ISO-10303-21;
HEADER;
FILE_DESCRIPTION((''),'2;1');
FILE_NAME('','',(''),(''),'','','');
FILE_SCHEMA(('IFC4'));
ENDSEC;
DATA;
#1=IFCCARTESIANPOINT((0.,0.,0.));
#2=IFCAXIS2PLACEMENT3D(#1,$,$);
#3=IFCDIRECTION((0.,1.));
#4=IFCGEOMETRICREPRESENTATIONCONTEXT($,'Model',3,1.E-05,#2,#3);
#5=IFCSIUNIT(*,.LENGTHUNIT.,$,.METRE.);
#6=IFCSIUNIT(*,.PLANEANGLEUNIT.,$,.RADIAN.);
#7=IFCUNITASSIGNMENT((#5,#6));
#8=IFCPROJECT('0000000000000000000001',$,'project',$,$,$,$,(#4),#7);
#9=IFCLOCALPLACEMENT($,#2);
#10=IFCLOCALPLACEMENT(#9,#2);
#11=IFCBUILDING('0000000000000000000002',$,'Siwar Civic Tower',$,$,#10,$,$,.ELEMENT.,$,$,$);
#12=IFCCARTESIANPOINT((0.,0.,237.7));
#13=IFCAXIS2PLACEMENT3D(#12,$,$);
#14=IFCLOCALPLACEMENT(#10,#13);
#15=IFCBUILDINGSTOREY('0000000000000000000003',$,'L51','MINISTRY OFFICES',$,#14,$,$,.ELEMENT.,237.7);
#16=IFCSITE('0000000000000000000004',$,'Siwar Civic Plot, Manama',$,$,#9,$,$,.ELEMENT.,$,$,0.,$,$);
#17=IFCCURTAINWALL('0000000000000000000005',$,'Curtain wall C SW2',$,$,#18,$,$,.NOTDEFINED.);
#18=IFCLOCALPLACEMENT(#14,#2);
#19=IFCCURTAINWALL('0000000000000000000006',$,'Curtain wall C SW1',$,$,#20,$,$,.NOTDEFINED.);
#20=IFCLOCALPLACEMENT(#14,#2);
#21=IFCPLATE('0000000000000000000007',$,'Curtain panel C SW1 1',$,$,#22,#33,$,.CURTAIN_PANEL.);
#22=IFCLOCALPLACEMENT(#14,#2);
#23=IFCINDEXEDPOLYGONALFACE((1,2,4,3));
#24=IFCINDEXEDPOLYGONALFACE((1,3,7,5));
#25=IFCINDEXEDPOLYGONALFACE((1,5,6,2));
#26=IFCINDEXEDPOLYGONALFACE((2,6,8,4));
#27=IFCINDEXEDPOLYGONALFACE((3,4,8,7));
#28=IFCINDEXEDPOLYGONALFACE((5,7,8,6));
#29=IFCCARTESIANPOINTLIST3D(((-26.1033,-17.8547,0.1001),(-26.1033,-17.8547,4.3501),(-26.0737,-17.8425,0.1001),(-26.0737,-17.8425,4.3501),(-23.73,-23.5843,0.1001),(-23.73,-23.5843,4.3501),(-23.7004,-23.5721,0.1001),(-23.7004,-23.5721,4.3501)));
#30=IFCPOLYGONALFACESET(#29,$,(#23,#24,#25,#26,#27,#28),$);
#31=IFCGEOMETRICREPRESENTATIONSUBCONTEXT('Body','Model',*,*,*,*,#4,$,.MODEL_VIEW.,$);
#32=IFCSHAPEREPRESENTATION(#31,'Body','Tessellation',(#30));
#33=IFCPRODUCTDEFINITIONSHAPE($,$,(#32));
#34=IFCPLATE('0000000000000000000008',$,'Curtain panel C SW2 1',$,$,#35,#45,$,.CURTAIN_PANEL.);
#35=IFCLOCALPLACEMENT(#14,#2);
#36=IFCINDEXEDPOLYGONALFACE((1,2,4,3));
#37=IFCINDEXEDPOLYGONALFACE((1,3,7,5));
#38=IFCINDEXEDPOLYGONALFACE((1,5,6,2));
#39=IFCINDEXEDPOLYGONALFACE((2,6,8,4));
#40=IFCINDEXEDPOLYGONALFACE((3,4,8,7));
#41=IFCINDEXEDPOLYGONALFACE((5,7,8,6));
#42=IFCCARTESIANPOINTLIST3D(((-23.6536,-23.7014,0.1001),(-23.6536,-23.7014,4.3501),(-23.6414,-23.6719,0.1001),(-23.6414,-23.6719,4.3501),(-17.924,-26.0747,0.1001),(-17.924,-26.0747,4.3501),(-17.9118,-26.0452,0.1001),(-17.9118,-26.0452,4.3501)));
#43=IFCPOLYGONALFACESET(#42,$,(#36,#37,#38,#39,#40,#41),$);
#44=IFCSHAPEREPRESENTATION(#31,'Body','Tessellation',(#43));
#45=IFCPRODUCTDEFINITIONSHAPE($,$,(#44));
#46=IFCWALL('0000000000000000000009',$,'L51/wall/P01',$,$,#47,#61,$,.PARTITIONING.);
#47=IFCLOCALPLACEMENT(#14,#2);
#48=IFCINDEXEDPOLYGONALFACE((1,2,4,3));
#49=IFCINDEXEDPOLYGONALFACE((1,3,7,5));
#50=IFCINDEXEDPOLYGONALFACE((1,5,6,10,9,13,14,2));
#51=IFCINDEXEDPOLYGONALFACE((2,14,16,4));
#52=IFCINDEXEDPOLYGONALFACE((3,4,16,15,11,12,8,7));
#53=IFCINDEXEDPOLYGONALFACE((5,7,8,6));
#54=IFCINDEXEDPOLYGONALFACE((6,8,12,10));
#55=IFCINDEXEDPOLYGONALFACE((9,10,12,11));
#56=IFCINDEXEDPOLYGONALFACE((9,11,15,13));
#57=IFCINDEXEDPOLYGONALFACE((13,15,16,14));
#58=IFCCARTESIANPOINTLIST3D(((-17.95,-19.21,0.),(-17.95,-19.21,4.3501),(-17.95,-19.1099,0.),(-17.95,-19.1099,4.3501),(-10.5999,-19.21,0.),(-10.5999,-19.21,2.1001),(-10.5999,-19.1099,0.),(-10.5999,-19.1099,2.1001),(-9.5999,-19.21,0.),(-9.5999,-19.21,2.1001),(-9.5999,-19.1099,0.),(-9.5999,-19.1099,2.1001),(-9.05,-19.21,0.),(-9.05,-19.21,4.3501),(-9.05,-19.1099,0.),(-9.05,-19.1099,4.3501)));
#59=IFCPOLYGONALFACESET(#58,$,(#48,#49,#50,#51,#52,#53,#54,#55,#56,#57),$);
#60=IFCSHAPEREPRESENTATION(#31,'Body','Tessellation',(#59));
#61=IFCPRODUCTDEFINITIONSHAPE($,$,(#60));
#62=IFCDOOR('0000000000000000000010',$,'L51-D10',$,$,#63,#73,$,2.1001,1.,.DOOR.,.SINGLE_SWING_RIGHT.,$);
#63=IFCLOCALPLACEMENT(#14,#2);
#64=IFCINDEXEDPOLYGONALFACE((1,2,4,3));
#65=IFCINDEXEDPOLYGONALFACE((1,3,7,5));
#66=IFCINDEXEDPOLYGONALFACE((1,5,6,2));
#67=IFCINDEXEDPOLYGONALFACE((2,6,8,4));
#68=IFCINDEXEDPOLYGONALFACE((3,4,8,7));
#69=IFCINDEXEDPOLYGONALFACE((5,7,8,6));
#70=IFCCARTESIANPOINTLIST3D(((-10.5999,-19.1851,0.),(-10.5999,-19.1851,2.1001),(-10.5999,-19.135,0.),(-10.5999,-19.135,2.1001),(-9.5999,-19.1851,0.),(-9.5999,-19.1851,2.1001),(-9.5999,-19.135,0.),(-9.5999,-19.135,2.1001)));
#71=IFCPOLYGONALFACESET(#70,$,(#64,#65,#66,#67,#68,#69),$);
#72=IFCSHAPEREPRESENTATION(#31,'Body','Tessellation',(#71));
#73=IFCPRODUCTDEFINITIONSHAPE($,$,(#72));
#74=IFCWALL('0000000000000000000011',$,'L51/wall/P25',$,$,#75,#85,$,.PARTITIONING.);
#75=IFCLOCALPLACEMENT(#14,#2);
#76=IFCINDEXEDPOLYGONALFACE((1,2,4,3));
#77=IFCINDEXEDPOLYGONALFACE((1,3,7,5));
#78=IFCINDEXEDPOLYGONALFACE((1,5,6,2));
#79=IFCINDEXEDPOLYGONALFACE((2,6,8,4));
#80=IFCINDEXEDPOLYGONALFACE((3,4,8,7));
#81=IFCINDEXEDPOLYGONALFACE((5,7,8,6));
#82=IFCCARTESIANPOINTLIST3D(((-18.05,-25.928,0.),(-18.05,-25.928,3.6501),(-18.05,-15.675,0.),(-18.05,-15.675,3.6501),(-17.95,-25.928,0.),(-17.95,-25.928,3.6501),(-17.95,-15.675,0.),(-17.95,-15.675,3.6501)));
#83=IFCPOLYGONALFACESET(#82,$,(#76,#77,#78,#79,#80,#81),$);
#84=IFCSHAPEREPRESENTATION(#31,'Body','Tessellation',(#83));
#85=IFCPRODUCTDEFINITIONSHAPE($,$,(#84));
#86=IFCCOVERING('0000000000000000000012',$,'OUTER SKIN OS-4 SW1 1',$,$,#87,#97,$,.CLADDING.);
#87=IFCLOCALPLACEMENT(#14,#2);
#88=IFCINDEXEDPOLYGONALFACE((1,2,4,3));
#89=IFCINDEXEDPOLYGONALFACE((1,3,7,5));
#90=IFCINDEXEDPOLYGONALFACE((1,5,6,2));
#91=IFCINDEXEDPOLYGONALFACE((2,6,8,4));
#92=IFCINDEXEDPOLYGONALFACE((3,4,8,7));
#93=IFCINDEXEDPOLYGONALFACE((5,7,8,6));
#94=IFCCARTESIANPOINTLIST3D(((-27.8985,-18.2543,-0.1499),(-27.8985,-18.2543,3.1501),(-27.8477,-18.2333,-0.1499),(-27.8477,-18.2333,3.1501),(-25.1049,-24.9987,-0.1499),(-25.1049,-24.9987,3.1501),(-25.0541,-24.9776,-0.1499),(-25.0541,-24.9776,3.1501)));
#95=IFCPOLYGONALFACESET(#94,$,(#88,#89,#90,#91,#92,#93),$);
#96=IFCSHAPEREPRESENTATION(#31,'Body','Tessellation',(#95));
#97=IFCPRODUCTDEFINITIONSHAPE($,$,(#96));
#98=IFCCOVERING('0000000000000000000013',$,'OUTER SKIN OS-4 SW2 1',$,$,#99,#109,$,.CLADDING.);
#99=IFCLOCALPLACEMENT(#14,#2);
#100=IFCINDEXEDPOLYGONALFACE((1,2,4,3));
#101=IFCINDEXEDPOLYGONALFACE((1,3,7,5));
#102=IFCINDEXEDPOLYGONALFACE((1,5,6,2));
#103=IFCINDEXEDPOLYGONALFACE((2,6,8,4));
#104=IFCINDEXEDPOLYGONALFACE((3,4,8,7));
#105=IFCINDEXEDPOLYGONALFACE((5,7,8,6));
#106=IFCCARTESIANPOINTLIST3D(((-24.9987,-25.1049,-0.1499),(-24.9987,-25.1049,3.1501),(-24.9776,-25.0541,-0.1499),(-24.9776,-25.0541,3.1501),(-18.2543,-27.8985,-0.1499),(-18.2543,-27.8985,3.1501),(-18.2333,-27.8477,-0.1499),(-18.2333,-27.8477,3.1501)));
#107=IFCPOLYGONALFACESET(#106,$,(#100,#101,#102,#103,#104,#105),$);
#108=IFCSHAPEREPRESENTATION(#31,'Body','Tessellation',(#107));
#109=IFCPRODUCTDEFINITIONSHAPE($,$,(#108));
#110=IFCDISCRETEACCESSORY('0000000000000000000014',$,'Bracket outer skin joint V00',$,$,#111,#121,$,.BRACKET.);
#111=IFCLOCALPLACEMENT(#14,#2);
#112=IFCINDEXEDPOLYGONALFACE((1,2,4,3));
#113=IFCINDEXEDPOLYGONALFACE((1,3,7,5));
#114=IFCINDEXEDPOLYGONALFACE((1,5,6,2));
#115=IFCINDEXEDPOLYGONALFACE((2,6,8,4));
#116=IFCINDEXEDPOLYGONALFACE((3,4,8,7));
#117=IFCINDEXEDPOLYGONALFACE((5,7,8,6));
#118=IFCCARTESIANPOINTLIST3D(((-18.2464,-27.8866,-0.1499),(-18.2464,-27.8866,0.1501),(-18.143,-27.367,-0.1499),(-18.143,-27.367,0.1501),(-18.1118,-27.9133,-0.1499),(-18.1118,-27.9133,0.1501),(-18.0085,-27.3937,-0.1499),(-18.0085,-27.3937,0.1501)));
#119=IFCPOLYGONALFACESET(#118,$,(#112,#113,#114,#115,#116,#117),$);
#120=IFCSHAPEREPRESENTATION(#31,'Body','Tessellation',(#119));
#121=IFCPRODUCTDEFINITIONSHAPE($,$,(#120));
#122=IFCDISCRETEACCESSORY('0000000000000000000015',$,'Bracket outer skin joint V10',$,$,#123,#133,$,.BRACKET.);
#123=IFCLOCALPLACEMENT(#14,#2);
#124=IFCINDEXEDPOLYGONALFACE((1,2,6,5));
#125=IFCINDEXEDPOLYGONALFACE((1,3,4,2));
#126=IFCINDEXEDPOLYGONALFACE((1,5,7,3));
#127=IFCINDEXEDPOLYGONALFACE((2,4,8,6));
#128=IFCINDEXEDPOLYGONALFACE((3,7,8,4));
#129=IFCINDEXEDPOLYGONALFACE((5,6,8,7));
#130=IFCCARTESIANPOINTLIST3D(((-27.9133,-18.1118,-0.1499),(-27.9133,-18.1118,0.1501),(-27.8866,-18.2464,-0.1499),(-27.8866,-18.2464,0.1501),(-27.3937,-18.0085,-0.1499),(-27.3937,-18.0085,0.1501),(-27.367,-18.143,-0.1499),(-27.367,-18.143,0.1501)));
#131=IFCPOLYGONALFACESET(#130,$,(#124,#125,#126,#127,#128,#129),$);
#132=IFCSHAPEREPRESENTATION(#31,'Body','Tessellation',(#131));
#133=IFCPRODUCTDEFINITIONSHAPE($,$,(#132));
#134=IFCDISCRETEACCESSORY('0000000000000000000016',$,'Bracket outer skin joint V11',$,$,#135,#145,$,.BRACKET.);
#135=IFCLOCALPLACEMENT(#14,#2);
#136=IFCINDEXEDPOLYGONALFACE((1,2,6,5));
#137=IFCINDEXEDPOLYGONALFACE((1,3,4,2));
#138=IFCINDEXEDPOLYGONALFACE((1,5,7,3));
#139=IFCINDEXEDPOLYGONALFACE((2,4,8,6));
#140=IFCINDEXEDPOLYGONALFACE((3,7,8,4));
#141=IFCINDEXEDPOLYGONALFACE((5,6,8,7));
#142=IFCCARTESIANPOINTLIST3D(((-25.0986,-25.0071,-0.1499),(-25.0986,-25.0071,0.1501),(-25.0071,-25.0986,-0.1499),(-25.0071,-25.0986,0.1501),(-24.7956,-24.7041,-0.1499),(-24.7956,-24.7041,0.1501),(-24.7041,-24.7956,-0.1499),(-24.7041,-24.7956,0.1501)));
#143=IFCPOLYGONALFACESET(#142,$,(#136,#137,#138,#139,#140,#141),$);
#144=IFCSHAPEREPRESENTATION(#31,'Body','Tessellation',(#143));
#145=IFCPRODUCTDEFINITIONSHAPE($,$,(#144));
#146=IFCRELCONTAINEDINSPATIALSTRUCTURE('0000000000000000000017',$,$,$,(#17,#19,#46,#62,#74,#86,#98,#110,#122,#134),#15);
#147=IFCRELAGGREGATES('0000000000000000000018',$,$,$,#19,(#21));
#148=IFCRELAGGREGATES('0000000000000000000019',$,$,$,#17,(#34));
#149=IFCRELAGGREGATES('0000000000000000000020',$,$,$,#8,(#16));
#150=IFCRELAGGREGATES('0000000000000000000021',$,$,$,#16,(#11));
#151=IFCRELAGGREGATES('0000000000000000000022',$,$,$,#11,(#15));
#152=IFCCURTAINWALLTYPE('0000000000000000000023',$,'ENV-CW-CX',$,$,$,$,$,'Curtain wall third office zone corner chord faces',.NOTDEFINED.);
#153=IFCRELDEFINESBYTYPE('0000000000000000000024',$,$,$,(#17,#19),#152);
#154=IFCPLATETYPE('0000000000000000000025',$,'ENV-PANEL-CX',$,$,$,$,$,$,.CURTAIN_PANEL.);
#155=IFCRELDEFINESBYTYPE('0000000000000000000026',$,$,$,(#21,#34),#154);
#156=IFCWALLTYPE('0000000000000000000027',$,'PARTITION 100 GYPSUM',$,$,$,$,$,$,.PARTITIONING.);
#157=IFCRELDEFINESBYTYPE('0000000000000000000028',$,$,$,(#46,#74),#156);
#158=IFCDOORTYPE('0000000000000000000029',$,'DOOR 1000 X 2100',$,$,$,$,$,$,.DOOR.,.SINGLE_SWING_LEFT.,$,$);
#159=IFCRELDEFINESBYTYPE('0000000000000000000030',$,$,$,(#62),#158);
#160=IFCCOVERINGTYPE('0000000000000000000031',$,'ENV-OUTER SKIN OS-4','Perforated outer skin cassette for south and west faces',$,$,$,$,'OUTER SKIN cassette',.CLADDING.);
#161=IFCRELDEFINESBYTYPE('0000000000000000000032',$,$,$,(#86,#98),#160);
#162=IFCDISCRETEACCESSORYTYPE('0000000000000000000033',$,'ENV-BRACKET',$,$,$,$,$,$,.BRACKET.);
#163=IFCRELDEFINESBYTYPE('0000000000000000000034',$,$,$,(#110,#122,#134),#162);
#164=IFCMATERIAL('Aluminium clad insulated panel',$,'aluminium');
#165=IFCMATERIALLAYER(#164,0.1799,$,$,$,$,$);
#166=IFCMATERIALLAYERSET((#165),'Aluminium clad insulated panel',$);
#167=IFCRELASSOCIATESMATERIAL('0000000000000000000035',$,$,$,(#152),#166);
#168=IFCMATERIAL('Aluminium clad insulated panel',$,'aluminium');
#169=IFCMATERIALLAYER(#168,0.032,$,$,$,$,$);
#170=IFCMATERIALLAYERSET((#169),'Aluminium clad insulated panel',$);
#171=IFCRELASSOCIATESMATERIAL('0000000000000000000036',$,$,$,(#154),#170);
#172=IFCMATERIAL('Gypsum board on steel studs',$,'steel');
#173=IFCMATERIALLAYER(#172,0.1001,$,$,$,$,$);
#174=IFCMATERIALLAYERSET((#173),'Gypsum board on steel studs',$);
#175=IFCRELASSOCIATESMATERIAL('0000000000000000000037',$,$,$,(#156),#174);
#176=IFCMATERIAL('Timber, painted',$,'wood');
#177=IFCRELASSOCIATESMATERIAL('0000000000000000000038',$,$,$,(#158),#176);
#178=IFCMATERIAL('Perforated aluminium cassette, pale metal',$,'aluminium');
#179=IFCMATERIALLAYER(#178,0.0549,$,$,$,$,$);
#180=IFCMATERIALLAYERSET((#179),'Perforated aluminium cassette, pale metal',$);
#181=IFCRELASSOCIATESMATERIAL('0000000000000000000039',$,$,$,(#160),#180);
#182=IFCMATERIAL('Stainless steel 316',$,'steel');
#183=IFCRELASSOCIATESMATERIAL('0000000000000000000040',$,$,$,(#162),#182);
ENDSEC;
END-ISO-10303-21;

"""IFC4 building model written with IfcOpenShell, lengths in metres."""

from ifc_helpers import new_model, si_unit, direction, frame, frame_2d, origin, origin_2d, place, context, subcontext, project, spatial, rectangle, extrude, material, layer, layer_set, type_object, element, fill, aggregate, save


model = new_model("IFC4")

# Units and contexts
model_context = context("Model", 3, precision=1e-05, world=origin(), true_north=direction((0.0, 1.0)))
body_context = subcontext(model_context, "Body", "Model", "MODEL_VIEW")
ifc_project = project(units=[si_unit("LENGTHUNIT", "METRE"), si_unit("PLANEANGLEUNIT", "RADIAN")], contexts=[model_context])

# Site, building, storey
site_placement = place(None, origin())
site = spatial("IfcSite", under=ifc_project, at=site_placement, Name="Siwar Civic Plot, Manama", CompositionType="ELEMENT", RefElevation=0.0)
building_placement = place(site_placement, origin())
building = spatial("IfcBuilding", under=site, at=building_placement, Name="Siwar Civic Tower", CompositionType="ELEMENT")
storey_placement = place(building_placement, frame((0.0, 0.0, 237.7)))
storey = spatial("IfcBuildingStorey", under=building, at=storey_placement, Name="L51", Description="MINISTRY OFFICES", CompositionType="ELEMENT", Elevation=237.7)

# Curtain wall
ifc_material_1 = material(Name="Aluminium clad insulated panel", Category="aluminium")
ifc_layer_1 = layer(ifc_material_1, 0.1799)
ifc_layer_set_1 = layer_set([ifc_layer_1], Name="Aluminium clad insulated panel")
curtain_wall_type = type_object("IfcCurtainWallType", Name="ENV-CW-CX", ElementType="Curtain wall third office zone corner chord faces", PredefinedType="NOTDEFINED", material=ifc_layer_set_1)
curtain_wall_1_placement = place(storey_placement, origin())
curtain_wall_1 = element("IfcCurtainWall", 1, at=curtain_wall_1_placement, inside=storey, type_object=curtain_wall_type, Name="Curtain wall C SW2", PredefinedType="NOTDEFINED")

# Curtain wall, plate
curtain_wall_2_placement = place(storey_placement, origin())
curtain_wall_2 = element("IfcCurtainWall", 2, at=curtain_wall_2_placement, inside=storey, type_object=curtain_wall_type, Name="Curtain wall C SW1", PredefinedType="NOTDEFINED")
ifc_material_2 = material(Name="Aluminium clad insulated panel", Category="aluminium")
ifc_layer_2 = layer(ifc_material_2, 0.032)
ifc_layer_set_2 = layer_set([ifc_layer_2], Name="Aluminium clad insulated panel")
plate_type = type_object("IfcPlateType", Name="ENV-PANEL-CX", PredefinedType="CURTAIN_PANEL", material=ifc_layer_set_2)
plate_1_placement = place(storey_placement, frame((-24.9019, -20.7134, 0.1001), z_axis=(0.0, 0.0, 1.0), x_axis=(0.382683, -0.92388, 0.0)))
plate_1 = element("IfcPlate", 3, at=plate_1_placement, type_object=plate_type, Name="Curtain panel C SW1 1", PredefinedType="CURTAIN_PANEL", context=body_context, shape_type="SweptSolid", body=[
    extrude(rectangle(XDim=6.2017, YDim=0.032, at=origin_2d()), origin(), (0.0, 0.0, 1.0), 4.25),
])
aggregate(curtain_wall_2, [plate_1])

# Plate
plate_2_placement = place(storey_placement, frame((-20.7827, -24.8733, 0.1001), z_axis=(0.0, 0.0, 1.0), x_axis=(0.92388, -0.382683, 0.0)))
plate_2 = element("IfcPlate", 4, at=plate_2_placement, type_object=plate_type, Name="Curtain panel C SW2 1", PredefinedType="CURTAIN_PANEL", context=body_context, shape_type="SweptSolid", body=[
    extrude(rectangle(XDim=6.2017, YDim=0.032, at=origin_2d()), origin(), (0.0, 0.0, 1.0), 4.25),
])
aggregate(curtain_wall_1, [plate_2])

# Wall, opening, door
ifc_material_3 = material(Name="Gypsum board on steel studs", Category="steel")
ifc_layer_3 = layer(ifc_material_3, 0.1001)
ifc_layer_set_3 = layer_set([ifc_layer_3], Name="Gypsum board on steel studs")
wall_type = type_object("IfcWallType", Name="PARTITION 100 GYPSUM", PredefinedType="PARTITIONING", material=ifc_layer_set_3)
wall_1_placement = place(storey_placement, frame((-17.95, -19.1599, 0.0), z_axis=(0.0, 0.0, 1.0), x_axis=(1.0, 0.0, 0.0)))
wall_1 = element("IfcWall", 5, at=wall_1_placement, inside=storey, type_object=wall_type, Name="L51/wall/P01", PredefinedType="PARTITIONING", context=body_context, shape_type="SweptSolid", body=[
    extrude(rectangle(XDim=8.8999, YDim=0.1001, at=frame_2d((4.45, 0.0))), origin(), (0.0, 0.0, 1.0), 4.3501),
])
opening_placement = place(wall_1_placement, frame((7.3501, 0.0, 0.0)))
opening = element("IfcOpeningElement", 6, at=opening_placement, cuts=wall_1, PredefinedType="OPENING", context=body_context, shape_type="SweptSolid", body=[
    extrude(rectangle(XDim=1.0, YDim=2.1001, at=frame_2d((0.5, 1.05))), frame((0.0, 0.0601, 0.0), z_axis=(0.0, -1.0, 0.0), x_axis=(1.0, 0.0, 0.0)), (0.0, 0.0, 1.0), 0.1201),
])
ifc_material_4 = material(Name="Timber, painted", Category="wood")
door_type = type_object("IfcDoorType", Name="DOOR 1000 X 2100", OperationType="SINGLE_SWING_LEFT", PredefinedType="DOOR", material=ifc_material_4)
door_placement = place(opening_placement, origin())
door = element("IfcDoor", 7, at=door_placement, inside=storey, type_object=door_type, Name="L51-D10", OperationType="SINGLE_SWING_RIGHT", OverallHeight=2.1001, OverallWidth=1.0, PredefinedType="DOOR", context=body_context, shape_type="SweptSolid", body=[
    extrude(rectangle(XDim=1.0, YDim=2.1001, at=frame_2d((0.5, 1.05))), frame((0.0, 0.0249, 0.0), z_axis=(0.0, -1.0, 0.0), x_axis=(1.0, 0.0, 0.0)), (0.0, 0.0, 1.0), 0.05),
])
fill(opening, door)

# Wall
wall_2_placement = place(storey_placement, frame((-18.0, -25.928, 0.0), z_axis=(0.0, 0.0, 1.0), x_axis=(0.0, 1.0, 0.0)))
element("IfcWall", 8, at=wall_2_placement, inside=storey, type_object=wall_type, Name="L51/wall/P25", PredefinedType="PARTITIONING", context=body_context, shape_type="SweptSolid", body=[
    extrude(rectangle(XDim=10.2529, YDim=0.1001, at=frame_2d((5.1265, 0.0))), origin(), (0.0, 0.0, 1.0), 3.6501),
])

# Coverings
ifc_material_5 = material(Name="Perforated aluminium cassette, pale metal", Category="aluminium")
ifc_layer_4 = layer(ifc_material_5, 0.0549)
ifc_layer_set_4 = layer_set([ifc_layer_4], Name="Perforated aluminium cassette, pale metal")
covering_type = type_object("IfcCoveringType", Name="ENV-OUTER SKIN OS-4", Description="Perforated outer skin cassette for south and west faces", ElementType="OUTER SKIN cassette", PredefinedType="CLADDING", material=ifc_layer_set_4)
for number, where, z_axis, x_axis, name in (
    (9, (-26.4763, -21.616, -0.1499), (0.0, 0.0, 1.0), (0.382683, -0.92388, 0.0), "OUTER SKIN OS-4 SW1 1"),
    (10, (-21.616, -26.4763, -0.1499), (0.0, 0.0, 1.0), (0.92388, -0.382683, 0.0), "OUTER SKIN OS-4 SW2 1"),
):
    element("IfcCovering", number, at=place(storey_placement, frame(where, z_axis=z_axis, x_axis=x_axis)), inside=storey, type_object=covering_type, Name=name, PredefinedType="CLADDING", context=body_context, shape_type="SweptSolid", body=[
        extrude(rectangle(XDim=7.3, YDim=0.0549, at=origin_2d()), origin(), (0.0, 0.0, 1.0), 3.3),
    ])

# Discrete accessories
ifc_material_6 = material(Name="Stainless steel 316", Category="steel")
discrete_accessory_type = type_object("IfcDiscreteAccessoryType", Name="ENV-BRACKET", PredefinedType="BRACKET", material=ifc_material_6)
for number, where, z_axis, x_axis, name in (
    (11, (-18.1274, -27.6401, -0.1499), (0.0, 0.0, 1.0), (-0.19509, -0.980785, 0.0), "Bracket outer skin joint V00"),
    (12, (-27.6401, -18.1274, -0.1499), (0.0, 0.0, 1.0), (-0.980785, -0.19509, 0.0), "Bracket outer skin joint V10"),
):
    element("IfcDiscreteAccessory", number, at=place(storey_placement, frame(where, z_axis=z_axis, x_axis=x_axis)), inside=storey, type_object=discrete_accessory_type, Name=name, PredefinedType="BRACKET", context=body_context, shape_type="SweptSolid", body=[
        extrude(rectangle(XDim=0.5298, YDim=0.1372, at=origin_2d()), origin(), (0.0, 0.0, 1.0), 0.3),
    ])
discrete_accessory_placement = place(storey_placement, frame((-24.9014, -24.9014, -0.1499), z_axis=(0.0, 0.0, 1.0), x_axis=(-0.707107, -0.707107, 0.0)))
element("IfcDiscreteAccessory", 13, at=discrete_accessory_placement, inside=storey, type_object=discrete_accessory_type, Name="Bracket outer skin joint V11", PredefinedType="BRACKET", context=body_context, shape_type="SweptSolid", body=[
    extrude(rectangle(XDim=0.4285, YDim=0.1294, at=origin_2d()), origin(), (0.0, 0.0, 1.0), 0.3),
])

save(model, "model.ifc")
